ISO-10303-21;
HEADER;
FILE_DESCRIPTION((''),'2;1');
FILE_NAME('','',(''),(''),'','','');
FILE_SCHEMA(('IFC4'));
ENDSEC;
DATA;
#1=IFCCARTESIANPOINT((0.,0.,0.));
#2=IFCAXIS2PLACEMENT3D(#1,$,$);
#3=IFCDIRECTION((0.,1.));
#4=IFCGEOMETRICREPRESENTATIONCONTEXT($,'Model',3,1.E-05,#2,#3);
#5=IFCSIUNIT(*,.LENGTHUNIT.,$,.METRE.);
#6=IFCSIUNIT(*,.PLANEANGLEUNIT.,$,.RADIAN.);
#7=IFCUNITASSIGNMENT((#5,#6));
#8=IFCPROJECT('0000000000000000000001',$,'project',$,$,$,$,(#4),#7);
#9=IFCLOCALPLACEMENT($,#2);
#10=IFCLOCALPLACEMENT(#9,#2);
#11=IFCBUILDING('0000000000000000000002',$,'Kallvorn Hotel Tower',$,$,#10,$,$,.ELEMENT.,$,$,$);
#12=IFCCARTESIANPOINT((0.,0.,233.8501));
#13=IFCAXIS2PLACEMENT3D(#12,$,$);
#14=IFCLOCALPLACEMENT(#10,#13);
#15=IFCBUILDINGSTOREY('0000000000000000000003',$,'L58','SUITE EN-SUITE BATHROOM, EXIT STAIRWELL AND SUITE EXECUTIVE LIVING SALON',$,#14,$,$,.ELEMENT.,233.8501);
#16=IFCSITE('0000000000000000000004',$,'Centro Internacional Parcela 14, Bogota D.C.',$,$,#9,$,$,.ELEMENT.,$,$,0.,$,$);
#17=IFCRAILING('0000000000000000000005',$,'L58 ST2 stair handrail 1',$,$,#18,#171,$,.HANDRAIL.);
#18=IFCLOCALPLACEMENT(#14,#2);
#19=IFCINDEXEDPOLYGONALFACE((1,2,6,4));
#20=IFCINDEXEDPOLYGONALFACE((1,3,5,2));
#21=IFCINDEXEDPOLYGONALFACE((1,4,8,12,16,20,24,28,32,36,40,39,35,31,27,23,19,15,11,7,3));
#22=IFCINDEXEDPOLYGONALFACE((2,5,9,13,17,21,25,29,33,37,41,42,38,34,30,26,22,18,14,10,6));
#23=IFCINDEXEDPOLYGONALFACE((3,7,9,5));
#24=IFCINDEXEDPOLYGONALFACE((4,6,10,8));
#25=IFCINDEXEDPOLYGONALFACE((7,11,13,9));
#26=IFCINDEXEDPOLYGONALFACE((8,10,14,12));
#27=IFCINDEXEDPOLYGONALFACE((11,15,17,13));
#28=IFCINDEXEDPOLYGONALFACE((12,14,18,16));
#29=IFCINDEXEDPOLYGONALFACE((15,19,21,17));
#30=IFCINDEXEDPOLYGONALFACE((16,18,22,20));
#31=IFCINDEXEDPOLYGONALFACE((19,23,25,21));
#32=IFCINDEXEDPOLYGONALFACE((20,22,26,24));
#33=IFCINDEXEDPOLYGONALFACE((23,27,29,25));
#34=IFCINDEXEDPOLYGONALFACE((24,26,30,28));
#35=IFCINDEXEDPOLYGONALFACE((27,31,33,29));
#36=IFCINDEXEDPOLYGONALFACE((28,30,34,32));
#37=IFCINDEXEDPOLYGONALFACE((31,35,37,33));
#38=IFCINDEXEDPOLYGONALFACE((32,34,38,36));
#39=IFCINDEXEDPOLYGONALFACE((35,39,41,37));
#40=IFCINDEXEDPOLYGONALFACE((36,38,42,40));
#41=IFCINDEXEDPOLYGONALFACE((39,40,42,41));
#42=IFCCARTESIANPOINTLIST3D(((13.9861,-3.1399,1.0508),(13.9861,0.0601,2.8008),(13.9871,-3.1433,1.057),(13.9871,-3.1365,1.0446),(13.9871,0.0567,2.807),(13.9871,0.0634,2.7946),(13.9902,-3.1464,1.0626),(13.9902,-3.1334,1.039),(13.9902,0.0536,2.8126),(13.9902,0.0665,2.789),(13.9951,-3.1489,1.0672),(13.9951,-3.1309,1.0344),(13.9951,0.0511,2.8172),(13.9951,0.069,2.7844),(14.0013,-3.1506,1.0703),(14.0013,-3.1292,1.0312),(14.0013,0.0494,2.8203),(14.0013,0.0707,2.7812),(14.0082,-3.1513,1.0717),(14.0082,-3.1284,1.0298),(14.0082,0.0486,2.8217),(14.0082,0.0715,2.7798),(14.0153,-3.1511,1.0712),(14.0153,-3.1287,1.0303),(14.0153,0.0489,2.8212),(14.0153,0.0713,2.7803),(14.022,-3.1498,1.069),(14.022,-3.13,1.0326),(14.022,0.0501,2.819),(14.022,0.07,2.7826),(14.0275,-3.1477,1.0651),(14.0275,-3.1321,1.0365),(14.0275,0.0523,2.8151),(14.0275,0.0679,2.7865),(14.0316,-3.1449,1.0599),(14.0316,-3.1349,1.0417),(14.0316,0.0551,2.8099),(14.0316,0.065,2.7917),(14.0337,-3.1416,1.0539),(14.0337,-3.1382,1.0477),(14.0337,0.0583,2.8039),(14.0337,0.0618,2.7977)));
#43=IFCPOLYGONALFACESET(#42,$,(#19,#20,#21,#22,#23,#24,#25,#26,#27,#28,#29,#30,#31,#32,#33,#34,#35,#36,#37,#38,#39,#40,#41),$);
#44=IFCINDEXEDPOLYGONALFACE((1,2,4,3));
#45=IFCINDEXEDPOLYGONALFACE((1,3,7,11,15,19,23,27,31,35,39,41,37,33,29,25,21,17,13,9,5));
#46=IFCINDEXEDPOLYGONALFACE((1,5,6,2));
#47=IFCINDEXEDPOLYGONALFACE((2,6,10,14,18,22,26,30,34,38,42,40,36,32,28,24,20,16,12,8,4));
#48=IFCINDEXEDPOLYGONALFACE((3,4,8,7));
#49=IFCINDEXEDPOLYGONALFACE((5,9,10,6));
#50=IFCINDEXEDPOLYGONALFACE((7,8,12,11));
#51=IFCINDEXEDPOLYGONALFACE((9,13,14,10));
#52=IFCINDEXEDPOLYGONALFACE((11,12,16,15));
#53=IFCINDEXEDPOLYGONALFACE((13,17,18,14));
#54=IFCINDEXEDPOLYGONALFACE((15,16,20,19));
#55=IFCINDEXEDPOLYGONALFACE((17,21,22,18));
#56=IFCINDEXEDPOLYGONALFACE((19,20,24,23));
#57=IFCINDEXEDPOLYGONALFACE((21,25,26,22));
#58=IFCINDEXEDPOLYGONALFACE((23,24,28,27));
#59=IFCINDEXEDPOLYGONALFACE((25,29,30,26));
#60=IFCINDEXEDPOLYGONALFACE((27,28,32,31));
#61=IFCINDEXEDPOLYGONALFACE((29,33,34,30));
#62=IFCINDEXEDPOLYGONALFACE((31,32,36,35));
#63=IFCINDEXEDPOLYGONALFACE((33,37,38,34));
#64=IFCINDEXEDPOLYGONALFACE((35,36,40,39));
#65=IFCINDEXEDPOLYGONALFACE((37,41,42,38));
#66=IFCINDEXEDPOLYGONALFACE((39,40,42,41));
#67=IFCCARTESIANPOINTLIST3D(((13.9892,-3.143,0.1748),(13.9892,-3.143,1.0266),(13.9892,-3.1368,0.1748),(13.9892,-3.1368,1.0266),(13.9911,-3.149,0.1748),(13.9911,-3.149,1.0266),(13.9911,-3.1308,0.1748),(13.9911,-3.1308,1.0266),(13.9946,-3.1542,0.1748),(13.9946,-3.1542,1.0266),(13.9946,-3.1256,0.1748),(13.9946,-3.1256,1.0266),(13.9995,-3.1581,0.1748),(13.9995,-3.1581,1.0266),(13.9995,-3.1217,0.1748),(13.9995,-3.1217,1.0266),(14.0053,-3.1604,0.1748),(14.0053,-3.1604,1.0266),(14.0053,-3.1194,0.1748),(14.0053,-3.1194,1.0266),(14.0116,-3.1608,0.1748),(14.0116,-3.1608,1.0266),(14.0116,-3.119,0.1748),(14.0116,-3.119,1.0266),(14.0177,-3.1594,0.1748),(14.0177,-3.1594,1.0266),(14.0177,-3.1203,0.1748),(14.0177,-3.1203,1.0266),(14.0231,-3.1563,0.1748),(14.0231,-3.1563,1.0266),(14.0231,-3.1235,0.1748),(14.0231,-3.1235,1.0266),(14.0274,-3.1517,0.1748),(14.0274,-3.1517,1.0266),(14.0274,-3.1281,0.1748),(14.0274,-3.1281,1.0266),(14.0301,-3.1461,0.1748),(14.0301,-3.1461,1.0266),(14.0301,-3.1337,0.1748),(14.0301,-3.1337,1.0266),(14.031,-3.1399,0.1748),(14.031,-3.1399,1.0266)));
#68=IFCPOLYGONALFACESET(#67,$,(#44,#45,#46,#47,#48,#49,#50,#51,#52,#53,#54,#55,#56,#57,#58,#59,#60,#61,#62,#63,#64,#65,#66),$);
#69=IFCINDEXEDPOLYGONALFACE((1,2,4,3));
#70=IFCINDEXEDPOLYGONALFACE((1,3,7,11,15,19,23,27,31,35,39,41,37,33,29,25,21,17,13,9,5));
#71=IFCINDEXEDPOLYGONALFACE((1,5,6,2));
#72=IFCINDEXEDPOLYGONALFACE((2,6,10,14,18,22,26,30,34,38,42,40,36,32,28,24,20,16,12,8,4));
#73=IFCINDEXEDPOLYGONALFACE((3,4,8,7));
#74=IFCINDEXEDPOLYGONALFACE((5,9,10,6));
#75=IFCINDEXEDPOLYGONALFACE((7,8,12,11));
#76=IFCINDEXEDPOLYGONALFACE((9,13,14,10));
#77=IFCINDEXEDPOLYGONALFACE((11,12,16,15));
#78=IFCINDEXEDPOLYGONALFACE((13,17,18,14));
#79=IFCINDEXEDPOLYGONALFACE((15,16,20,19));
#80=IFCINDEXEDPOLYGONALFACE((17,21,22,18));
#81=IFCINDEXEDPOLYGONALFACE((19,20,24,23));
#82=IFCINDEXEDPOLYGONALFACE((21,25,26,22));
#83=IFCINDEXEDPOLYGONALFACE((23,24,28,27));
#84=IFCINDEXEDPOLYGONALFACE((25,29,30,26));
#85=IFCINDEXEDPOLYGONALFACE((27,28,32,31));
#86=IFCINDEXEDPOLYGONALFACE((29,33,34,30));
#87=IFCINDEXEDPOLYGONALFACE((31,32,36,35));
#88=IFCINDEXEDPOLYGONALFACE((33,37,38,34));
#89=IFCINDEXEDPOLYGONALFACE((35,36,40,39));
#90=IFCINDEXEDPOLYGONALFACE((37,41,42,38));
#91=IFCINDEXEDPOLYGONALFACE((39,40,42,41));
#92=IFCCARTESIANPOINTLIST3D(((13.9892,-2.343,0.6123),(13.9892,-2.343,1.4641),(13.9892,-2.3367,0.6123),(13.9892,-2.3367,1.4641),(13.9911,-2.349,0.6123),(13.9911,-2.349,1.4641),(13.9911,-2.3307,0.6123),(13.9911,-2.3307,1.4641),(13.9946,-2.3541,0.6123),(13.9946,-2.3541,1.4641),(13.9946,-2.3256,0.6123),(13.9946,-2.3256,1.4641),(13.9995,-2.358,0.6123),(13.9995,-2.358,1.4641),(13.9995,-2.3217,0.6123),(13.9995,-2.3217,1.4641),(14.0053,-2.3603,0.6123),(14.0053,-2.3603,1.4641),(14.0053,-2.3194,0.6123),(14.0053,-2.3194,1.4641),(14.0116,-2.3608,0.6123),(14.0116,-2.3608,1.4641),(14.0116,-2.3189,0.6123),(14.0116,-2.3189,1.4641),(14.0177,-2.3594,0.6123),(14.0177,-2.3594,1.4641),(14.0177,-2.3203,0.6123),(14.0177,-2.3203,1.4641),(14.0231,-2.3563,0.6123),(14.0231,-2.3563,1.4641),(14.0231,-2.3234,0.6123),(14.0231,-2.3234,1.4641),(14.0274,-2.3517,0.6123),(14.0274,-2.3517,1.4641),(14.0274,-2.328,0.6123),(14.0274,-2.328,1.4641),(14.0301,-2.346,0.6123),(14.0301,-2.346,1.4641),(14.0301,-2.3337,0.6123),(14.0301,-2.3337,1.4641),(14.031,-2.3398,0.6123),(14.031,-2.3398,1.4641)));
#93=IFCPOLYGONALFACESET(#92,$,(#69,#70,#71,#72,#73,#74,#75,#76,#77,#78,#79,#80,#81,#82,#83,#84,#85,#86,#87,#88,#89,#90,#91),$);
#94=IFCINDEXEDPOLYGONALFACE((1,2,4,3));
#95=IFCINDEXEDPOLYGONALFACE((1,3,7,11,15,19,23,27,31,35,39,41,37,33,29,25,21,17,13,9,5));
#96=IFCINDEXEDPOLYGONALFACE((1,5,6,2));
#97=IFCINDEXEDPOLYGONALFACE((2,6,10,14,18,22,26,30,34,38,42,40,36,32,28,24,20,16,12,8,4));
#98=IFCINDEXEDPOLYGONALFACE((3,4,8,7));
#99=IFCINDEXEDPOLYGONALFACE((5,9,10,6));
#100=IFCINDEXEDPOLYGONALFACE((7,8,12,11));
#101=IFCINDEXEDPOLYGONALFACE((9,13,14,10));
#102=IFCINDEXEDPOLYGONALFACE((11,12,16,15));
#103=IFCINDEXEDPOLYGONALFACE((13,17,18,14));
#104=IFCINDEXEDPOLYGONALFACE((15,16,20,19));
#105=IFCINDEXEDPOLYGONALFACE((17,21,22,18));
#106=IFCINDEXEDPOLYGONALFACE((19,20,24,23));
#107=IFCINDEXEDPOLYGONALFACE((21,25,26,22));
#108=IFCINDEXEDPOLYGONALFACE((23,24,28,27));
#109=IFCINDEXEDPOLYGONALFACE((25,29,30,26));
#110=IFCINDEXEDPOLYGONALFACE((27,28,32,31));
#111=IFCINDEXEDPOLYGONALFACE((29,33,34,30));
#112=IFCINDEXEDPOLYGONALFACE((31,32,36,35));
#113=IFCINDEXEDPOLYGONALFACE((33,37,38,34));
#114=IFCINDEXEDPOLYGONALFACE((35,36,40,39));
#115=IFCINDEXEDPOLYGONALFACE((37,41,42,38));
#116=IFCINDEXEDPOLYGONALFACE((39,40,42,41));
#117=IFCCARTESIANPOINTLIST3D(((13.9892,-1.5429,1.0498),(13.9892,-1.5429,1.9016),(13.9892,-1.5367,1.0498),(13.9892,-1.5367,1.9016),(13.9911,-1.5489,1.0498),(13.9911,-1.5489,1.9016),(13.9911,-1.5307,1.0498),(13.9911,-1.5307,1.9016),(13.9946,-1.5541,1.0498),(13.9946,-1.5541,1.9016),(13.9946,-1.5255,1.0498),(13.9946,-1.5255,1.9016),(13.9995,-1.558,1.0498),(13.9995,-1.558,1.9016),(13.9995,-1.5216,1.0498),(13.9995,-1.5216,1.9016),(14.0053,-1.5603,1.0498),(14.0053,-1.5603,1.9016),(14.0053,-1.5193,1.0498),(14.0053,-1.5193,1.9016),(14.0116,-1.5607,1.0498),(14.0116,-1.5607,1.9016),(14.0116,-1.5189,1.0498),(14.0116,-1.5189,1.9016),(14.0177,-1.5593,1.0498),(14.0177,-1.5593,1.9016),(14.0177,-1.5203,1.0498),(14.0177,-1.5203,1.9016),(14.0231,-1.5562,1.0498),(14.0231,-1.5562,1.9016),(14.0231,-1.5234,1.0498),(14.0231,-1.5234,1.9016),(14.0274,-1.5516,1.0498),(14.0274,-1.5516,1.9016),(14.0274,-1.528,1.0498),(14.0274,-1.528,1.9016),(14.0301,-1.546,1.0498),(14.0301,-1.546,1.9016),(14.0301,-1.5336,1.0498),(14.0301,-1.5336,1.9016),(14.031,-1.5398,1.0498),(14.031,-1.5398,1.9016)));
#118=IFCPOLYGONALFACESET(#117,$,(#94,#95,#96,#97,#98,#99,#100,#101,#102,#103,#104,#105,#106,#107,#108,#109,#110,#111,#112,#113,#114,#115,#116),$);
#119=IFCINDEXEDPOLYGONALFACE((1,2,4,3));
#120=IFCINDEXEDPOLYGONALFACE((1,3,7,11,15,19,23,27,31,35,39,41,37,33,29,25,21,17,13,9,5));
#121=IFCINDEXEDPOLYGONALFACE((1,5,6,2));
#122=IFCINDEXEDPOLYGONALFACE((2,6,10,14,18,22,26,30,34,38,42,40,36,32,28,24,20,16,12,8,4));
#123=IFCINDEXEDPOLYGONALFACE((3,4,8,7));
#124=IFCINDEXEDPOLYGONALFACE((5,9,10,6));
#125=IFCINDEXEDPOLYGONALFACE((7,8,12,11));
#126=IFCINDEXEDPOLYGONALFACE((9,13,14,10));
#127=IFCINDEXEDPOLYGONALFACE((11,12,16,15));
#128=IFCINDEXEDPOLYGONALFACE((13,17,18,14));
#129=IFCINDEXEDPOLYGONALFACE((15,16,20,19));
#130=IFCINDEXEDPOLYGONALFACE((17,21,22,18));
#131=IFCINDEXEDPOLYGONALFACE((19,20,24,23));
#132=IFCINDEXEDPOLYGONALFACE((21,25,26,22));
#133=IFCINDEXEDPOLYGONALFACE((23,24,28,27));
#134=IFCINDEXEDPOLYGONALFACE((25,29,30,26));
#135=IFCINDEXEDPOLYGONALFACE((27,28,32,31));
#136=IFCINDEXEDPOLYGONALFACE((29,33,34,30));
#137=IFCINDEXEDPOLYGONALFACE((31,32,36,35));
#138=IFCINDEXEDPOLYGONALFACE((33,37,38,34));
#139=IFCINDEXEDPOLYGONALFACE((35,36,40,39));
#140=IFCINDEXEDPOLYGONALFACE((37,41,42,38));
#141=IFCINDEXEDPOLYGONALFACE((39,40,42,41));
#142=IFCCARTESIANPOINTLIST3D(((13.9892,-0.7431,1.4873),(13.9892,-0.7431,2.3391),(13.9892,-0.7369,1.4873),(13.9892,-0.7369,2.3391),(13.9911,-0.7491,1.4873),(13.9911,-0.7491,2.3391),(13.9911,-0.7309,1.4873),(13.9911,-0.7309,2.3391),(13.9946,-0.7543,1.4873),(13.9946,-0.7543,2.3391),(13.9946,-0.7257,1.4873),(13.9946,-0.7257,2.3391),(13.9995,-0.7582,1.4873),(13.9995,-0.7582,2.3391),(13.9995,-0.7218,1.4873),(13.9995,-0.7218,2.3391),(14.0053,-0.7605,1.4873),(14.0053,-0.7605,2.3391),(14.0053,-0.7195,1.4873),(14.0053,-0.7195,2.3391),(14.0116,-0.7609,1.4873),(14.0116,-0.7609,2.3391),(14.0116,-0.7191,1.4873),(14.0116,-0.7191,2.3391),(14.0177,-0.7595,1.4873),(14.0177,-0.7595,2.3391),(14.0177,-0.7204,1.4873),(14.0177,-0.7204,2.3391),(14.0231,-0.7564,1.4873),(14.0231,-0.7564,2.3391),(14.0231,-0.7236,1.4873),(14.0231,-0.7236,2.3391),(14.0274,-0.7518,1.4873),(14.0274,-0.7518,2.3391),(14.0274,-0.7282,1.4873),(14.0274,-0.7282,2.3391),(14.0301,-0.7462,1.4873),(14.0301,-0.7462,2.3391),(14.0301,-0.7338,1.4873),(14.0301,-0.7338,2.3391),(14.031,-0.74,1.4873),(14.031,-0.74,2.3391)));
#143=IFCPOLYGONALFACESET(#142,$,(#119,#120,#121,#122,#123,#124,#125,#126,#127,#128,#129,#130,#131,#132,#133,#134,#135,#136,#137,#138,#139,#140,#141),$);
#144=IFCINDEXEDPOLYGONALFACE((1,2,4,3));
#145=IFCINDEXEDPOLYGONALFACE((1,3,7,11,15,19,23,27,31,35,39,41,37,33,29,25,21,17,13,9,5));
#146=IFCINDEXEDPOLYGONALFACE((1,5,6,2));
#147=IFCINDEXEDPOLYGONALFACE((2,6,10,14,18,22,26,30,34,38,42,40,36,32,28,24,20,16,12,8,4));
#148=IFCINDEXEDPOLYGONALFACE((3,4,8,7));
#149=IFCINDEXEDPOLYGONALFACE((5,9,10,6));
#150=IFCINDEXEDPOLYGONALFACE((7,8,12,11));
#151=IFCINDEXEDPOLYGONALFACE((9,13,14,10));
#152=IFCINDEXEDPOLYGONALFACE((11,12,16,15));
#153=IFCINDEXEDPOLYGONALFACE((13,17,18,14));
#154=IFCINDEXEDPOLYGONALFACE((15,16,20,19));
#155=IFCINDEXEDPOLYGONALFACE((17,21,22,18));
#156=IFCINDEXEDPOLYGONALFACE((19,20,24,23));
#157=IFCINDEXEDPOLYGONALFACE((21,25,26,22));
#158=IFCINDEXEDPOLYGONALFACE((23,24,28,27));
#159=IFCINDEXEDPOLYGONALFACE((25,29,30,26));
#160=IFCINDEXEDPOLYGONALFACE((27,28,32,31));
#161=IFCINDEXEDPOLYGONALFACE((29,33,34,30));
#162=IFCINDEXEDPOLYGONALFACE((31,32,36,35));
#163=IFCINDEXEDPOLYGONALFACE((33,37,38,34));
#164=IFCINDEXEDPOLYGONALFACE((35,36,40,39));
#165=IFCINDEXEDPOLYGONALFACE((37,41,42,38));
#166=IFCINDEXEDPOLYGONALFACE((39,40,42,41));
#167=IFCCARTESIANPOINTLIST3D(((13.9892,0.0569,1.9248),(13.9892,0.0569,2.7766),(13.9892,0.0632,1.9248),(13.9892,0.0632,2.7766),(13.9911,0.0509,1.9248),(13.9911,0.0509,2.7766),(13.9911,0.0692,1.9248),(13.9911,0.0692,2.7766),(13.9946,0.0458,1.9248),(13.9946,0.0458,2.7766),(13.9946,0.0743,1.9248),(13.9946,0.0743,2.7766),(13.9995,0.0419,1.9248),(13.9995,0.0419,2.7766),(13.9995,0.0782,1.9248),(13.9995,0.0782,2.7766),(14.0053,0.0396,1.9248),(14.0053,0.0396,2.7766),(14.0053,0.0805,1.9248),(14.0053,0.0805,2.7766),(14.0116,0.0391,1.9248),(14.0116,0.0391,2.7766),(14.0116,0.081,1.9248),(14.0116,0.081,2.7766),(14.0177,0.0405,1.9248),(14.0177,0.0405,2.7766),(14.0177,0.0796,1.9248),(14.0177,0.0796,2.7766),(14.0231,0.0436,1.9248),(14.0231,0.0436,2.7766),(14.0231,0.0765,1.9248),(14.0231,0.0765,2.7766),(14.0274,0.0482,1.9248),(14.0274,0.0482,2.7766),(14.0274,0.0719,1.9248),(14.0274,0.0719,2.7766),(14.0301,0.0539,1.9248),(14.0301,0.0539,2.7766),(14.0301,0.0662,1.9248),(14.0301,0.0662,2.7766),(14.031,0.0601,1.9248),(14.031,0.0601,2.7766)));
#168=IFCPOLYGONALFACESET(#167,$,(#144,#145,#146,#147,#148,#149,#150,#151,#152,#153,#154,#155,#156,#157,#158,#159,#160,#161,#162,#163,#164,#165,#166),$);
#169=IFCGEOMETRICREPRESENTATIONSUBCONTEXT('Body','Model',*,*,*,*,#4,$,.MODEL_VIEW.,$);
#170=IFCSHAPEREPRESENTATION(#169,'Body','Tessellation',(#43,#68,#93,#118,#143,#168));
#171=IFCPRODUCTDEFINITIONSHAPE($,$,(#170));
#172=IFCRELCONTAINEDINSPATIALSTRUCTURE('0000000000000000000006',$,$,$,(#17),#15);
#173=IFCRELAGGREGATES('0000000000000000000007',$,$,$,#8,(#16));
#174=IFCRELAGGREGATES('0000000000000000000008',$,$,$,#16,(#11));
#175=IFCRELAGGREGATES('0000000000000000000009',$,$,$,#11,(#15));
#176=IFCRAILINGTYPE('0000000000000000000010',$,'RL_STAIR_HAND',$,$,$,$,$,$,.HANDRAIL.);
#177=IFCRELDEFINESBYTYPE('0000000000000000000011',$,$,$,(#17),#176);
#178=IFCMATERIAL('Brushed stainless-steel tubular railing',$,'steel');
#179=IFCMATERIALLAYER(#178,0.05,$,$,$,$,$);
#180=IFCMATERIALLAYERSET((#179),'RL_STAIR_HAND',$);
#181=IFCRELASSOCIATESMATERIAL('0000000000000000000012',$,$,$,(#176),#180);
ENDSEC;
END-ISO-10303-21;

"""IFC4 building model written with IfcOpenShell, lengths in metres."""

from ifc_helpers import new_model, si_unit, direction, frame, origin, origin_2d, place, context, subcontext, project, spatial, circle, extrude, material, layer, layer_set, type_object, element, save


model = new_model("IFC4")

# Units and contexts
model_context = context("Model", 3, precision=1e-05, world=origin(), true_north=direction((0.0, 1.0)))
body_context = subcontext(model_context, "Body", "Model", "MODEL_VIEW")
ifc_project = project(units=[si_unit("LENGTHUNIT", "METRE"), si_unit("PLANEANGLEUNIT", "RADIAN")], contexts=[model_context])

# Site, building, storey
site_placement = place(None, origin())
site = spatial("IfcSite", under=ifc_project, at=site_placement, Name="Centro Internacional Parcela 14, Bogota D.C.", CompositionType="ELEMENT", RefElevation=0.0)
building_placement = place(site_placement, origin())
building = spatial("IfcBuilding", under=site, at=building_placement, Name="Kallvorn Hotel Tower", CompositionType="ELEMENT")
storey_placement = place(building_placement, frame((0.0, 0.0, 233.8501)))
storey = spatial("IfcBuildingStorey", under=building, at=storey_placement, Name="L58", Description="SUITE EN-SUITE BATHROOM, EXIT STAIRWELL AND SUITE EXECUTIVE LIVING SALON", CompositionType="ELEMENT", Elevation=233.8501)

# Railing
ifc_material_1 = material(Name="Brushed stainless-steel tubular railing", Category="steel")
ifc_layer_1 = layer(ifc_material_1, 0.05)
ifc_layer_set_1 = layer_set([ifc_layer_1], Name="RL_STAIR_HAND")
railing_type_1 = type_object("IfcRailingType", Name="RL_STAIR_HAND", PredefinedType="HANDRAIL", material=ifc_layer_set_1)
railing_1_placement = place(storey_placement, frame((14.01, -3.1399, 0.1748)))
element("IfcRailing", 1, at=railing_1_placement, inside=storey, type_object=railing_type_1, Name="L58 ST2 stair handrail 1", PredefinedType="HANDRAIL", context=body_context, shape_type="SweptSolid", body=[
    extrude(circle(Radius=0.0239, at=origin_2d()), frame((0.0, 0.0, 0.876), z_axis=(0.0, 0.877368, 0.479818), x_axis=(-1.0, 0.0, 0.0)), (0.0, 0.0, 1.0), 3.6472),
    extrude(circle(Radius=0.021, at=origin_2d()), origin(), (0.0, 0.0, 1.0), 0.8518),
    extrude(circle(Radius=0.021, at=origin_2d()), frame((0.0, 0.8, 0.4375)), (0.0, 0.0, 1.0), 0.8518),
    extrude(circle(Radius=0.021, at=origin_2d()), frame((0.0, 1.6001, 0.875)), (0.0, 0.0, 1.0), 0.8518),
    extrude(circle(Radius=0.021, at=origin_2d()), frame((0.0, 2.3999, 1.3125)), (0.0, 0.0, 1.0), 0.8518),
    extrude(circle(Radius=0.021, at=origin_2d()), frame((0.0, 3.2, 1.75)), (0.0, 0.0, 1.0), 0.8518),
])

save(model, "model.ifc")
